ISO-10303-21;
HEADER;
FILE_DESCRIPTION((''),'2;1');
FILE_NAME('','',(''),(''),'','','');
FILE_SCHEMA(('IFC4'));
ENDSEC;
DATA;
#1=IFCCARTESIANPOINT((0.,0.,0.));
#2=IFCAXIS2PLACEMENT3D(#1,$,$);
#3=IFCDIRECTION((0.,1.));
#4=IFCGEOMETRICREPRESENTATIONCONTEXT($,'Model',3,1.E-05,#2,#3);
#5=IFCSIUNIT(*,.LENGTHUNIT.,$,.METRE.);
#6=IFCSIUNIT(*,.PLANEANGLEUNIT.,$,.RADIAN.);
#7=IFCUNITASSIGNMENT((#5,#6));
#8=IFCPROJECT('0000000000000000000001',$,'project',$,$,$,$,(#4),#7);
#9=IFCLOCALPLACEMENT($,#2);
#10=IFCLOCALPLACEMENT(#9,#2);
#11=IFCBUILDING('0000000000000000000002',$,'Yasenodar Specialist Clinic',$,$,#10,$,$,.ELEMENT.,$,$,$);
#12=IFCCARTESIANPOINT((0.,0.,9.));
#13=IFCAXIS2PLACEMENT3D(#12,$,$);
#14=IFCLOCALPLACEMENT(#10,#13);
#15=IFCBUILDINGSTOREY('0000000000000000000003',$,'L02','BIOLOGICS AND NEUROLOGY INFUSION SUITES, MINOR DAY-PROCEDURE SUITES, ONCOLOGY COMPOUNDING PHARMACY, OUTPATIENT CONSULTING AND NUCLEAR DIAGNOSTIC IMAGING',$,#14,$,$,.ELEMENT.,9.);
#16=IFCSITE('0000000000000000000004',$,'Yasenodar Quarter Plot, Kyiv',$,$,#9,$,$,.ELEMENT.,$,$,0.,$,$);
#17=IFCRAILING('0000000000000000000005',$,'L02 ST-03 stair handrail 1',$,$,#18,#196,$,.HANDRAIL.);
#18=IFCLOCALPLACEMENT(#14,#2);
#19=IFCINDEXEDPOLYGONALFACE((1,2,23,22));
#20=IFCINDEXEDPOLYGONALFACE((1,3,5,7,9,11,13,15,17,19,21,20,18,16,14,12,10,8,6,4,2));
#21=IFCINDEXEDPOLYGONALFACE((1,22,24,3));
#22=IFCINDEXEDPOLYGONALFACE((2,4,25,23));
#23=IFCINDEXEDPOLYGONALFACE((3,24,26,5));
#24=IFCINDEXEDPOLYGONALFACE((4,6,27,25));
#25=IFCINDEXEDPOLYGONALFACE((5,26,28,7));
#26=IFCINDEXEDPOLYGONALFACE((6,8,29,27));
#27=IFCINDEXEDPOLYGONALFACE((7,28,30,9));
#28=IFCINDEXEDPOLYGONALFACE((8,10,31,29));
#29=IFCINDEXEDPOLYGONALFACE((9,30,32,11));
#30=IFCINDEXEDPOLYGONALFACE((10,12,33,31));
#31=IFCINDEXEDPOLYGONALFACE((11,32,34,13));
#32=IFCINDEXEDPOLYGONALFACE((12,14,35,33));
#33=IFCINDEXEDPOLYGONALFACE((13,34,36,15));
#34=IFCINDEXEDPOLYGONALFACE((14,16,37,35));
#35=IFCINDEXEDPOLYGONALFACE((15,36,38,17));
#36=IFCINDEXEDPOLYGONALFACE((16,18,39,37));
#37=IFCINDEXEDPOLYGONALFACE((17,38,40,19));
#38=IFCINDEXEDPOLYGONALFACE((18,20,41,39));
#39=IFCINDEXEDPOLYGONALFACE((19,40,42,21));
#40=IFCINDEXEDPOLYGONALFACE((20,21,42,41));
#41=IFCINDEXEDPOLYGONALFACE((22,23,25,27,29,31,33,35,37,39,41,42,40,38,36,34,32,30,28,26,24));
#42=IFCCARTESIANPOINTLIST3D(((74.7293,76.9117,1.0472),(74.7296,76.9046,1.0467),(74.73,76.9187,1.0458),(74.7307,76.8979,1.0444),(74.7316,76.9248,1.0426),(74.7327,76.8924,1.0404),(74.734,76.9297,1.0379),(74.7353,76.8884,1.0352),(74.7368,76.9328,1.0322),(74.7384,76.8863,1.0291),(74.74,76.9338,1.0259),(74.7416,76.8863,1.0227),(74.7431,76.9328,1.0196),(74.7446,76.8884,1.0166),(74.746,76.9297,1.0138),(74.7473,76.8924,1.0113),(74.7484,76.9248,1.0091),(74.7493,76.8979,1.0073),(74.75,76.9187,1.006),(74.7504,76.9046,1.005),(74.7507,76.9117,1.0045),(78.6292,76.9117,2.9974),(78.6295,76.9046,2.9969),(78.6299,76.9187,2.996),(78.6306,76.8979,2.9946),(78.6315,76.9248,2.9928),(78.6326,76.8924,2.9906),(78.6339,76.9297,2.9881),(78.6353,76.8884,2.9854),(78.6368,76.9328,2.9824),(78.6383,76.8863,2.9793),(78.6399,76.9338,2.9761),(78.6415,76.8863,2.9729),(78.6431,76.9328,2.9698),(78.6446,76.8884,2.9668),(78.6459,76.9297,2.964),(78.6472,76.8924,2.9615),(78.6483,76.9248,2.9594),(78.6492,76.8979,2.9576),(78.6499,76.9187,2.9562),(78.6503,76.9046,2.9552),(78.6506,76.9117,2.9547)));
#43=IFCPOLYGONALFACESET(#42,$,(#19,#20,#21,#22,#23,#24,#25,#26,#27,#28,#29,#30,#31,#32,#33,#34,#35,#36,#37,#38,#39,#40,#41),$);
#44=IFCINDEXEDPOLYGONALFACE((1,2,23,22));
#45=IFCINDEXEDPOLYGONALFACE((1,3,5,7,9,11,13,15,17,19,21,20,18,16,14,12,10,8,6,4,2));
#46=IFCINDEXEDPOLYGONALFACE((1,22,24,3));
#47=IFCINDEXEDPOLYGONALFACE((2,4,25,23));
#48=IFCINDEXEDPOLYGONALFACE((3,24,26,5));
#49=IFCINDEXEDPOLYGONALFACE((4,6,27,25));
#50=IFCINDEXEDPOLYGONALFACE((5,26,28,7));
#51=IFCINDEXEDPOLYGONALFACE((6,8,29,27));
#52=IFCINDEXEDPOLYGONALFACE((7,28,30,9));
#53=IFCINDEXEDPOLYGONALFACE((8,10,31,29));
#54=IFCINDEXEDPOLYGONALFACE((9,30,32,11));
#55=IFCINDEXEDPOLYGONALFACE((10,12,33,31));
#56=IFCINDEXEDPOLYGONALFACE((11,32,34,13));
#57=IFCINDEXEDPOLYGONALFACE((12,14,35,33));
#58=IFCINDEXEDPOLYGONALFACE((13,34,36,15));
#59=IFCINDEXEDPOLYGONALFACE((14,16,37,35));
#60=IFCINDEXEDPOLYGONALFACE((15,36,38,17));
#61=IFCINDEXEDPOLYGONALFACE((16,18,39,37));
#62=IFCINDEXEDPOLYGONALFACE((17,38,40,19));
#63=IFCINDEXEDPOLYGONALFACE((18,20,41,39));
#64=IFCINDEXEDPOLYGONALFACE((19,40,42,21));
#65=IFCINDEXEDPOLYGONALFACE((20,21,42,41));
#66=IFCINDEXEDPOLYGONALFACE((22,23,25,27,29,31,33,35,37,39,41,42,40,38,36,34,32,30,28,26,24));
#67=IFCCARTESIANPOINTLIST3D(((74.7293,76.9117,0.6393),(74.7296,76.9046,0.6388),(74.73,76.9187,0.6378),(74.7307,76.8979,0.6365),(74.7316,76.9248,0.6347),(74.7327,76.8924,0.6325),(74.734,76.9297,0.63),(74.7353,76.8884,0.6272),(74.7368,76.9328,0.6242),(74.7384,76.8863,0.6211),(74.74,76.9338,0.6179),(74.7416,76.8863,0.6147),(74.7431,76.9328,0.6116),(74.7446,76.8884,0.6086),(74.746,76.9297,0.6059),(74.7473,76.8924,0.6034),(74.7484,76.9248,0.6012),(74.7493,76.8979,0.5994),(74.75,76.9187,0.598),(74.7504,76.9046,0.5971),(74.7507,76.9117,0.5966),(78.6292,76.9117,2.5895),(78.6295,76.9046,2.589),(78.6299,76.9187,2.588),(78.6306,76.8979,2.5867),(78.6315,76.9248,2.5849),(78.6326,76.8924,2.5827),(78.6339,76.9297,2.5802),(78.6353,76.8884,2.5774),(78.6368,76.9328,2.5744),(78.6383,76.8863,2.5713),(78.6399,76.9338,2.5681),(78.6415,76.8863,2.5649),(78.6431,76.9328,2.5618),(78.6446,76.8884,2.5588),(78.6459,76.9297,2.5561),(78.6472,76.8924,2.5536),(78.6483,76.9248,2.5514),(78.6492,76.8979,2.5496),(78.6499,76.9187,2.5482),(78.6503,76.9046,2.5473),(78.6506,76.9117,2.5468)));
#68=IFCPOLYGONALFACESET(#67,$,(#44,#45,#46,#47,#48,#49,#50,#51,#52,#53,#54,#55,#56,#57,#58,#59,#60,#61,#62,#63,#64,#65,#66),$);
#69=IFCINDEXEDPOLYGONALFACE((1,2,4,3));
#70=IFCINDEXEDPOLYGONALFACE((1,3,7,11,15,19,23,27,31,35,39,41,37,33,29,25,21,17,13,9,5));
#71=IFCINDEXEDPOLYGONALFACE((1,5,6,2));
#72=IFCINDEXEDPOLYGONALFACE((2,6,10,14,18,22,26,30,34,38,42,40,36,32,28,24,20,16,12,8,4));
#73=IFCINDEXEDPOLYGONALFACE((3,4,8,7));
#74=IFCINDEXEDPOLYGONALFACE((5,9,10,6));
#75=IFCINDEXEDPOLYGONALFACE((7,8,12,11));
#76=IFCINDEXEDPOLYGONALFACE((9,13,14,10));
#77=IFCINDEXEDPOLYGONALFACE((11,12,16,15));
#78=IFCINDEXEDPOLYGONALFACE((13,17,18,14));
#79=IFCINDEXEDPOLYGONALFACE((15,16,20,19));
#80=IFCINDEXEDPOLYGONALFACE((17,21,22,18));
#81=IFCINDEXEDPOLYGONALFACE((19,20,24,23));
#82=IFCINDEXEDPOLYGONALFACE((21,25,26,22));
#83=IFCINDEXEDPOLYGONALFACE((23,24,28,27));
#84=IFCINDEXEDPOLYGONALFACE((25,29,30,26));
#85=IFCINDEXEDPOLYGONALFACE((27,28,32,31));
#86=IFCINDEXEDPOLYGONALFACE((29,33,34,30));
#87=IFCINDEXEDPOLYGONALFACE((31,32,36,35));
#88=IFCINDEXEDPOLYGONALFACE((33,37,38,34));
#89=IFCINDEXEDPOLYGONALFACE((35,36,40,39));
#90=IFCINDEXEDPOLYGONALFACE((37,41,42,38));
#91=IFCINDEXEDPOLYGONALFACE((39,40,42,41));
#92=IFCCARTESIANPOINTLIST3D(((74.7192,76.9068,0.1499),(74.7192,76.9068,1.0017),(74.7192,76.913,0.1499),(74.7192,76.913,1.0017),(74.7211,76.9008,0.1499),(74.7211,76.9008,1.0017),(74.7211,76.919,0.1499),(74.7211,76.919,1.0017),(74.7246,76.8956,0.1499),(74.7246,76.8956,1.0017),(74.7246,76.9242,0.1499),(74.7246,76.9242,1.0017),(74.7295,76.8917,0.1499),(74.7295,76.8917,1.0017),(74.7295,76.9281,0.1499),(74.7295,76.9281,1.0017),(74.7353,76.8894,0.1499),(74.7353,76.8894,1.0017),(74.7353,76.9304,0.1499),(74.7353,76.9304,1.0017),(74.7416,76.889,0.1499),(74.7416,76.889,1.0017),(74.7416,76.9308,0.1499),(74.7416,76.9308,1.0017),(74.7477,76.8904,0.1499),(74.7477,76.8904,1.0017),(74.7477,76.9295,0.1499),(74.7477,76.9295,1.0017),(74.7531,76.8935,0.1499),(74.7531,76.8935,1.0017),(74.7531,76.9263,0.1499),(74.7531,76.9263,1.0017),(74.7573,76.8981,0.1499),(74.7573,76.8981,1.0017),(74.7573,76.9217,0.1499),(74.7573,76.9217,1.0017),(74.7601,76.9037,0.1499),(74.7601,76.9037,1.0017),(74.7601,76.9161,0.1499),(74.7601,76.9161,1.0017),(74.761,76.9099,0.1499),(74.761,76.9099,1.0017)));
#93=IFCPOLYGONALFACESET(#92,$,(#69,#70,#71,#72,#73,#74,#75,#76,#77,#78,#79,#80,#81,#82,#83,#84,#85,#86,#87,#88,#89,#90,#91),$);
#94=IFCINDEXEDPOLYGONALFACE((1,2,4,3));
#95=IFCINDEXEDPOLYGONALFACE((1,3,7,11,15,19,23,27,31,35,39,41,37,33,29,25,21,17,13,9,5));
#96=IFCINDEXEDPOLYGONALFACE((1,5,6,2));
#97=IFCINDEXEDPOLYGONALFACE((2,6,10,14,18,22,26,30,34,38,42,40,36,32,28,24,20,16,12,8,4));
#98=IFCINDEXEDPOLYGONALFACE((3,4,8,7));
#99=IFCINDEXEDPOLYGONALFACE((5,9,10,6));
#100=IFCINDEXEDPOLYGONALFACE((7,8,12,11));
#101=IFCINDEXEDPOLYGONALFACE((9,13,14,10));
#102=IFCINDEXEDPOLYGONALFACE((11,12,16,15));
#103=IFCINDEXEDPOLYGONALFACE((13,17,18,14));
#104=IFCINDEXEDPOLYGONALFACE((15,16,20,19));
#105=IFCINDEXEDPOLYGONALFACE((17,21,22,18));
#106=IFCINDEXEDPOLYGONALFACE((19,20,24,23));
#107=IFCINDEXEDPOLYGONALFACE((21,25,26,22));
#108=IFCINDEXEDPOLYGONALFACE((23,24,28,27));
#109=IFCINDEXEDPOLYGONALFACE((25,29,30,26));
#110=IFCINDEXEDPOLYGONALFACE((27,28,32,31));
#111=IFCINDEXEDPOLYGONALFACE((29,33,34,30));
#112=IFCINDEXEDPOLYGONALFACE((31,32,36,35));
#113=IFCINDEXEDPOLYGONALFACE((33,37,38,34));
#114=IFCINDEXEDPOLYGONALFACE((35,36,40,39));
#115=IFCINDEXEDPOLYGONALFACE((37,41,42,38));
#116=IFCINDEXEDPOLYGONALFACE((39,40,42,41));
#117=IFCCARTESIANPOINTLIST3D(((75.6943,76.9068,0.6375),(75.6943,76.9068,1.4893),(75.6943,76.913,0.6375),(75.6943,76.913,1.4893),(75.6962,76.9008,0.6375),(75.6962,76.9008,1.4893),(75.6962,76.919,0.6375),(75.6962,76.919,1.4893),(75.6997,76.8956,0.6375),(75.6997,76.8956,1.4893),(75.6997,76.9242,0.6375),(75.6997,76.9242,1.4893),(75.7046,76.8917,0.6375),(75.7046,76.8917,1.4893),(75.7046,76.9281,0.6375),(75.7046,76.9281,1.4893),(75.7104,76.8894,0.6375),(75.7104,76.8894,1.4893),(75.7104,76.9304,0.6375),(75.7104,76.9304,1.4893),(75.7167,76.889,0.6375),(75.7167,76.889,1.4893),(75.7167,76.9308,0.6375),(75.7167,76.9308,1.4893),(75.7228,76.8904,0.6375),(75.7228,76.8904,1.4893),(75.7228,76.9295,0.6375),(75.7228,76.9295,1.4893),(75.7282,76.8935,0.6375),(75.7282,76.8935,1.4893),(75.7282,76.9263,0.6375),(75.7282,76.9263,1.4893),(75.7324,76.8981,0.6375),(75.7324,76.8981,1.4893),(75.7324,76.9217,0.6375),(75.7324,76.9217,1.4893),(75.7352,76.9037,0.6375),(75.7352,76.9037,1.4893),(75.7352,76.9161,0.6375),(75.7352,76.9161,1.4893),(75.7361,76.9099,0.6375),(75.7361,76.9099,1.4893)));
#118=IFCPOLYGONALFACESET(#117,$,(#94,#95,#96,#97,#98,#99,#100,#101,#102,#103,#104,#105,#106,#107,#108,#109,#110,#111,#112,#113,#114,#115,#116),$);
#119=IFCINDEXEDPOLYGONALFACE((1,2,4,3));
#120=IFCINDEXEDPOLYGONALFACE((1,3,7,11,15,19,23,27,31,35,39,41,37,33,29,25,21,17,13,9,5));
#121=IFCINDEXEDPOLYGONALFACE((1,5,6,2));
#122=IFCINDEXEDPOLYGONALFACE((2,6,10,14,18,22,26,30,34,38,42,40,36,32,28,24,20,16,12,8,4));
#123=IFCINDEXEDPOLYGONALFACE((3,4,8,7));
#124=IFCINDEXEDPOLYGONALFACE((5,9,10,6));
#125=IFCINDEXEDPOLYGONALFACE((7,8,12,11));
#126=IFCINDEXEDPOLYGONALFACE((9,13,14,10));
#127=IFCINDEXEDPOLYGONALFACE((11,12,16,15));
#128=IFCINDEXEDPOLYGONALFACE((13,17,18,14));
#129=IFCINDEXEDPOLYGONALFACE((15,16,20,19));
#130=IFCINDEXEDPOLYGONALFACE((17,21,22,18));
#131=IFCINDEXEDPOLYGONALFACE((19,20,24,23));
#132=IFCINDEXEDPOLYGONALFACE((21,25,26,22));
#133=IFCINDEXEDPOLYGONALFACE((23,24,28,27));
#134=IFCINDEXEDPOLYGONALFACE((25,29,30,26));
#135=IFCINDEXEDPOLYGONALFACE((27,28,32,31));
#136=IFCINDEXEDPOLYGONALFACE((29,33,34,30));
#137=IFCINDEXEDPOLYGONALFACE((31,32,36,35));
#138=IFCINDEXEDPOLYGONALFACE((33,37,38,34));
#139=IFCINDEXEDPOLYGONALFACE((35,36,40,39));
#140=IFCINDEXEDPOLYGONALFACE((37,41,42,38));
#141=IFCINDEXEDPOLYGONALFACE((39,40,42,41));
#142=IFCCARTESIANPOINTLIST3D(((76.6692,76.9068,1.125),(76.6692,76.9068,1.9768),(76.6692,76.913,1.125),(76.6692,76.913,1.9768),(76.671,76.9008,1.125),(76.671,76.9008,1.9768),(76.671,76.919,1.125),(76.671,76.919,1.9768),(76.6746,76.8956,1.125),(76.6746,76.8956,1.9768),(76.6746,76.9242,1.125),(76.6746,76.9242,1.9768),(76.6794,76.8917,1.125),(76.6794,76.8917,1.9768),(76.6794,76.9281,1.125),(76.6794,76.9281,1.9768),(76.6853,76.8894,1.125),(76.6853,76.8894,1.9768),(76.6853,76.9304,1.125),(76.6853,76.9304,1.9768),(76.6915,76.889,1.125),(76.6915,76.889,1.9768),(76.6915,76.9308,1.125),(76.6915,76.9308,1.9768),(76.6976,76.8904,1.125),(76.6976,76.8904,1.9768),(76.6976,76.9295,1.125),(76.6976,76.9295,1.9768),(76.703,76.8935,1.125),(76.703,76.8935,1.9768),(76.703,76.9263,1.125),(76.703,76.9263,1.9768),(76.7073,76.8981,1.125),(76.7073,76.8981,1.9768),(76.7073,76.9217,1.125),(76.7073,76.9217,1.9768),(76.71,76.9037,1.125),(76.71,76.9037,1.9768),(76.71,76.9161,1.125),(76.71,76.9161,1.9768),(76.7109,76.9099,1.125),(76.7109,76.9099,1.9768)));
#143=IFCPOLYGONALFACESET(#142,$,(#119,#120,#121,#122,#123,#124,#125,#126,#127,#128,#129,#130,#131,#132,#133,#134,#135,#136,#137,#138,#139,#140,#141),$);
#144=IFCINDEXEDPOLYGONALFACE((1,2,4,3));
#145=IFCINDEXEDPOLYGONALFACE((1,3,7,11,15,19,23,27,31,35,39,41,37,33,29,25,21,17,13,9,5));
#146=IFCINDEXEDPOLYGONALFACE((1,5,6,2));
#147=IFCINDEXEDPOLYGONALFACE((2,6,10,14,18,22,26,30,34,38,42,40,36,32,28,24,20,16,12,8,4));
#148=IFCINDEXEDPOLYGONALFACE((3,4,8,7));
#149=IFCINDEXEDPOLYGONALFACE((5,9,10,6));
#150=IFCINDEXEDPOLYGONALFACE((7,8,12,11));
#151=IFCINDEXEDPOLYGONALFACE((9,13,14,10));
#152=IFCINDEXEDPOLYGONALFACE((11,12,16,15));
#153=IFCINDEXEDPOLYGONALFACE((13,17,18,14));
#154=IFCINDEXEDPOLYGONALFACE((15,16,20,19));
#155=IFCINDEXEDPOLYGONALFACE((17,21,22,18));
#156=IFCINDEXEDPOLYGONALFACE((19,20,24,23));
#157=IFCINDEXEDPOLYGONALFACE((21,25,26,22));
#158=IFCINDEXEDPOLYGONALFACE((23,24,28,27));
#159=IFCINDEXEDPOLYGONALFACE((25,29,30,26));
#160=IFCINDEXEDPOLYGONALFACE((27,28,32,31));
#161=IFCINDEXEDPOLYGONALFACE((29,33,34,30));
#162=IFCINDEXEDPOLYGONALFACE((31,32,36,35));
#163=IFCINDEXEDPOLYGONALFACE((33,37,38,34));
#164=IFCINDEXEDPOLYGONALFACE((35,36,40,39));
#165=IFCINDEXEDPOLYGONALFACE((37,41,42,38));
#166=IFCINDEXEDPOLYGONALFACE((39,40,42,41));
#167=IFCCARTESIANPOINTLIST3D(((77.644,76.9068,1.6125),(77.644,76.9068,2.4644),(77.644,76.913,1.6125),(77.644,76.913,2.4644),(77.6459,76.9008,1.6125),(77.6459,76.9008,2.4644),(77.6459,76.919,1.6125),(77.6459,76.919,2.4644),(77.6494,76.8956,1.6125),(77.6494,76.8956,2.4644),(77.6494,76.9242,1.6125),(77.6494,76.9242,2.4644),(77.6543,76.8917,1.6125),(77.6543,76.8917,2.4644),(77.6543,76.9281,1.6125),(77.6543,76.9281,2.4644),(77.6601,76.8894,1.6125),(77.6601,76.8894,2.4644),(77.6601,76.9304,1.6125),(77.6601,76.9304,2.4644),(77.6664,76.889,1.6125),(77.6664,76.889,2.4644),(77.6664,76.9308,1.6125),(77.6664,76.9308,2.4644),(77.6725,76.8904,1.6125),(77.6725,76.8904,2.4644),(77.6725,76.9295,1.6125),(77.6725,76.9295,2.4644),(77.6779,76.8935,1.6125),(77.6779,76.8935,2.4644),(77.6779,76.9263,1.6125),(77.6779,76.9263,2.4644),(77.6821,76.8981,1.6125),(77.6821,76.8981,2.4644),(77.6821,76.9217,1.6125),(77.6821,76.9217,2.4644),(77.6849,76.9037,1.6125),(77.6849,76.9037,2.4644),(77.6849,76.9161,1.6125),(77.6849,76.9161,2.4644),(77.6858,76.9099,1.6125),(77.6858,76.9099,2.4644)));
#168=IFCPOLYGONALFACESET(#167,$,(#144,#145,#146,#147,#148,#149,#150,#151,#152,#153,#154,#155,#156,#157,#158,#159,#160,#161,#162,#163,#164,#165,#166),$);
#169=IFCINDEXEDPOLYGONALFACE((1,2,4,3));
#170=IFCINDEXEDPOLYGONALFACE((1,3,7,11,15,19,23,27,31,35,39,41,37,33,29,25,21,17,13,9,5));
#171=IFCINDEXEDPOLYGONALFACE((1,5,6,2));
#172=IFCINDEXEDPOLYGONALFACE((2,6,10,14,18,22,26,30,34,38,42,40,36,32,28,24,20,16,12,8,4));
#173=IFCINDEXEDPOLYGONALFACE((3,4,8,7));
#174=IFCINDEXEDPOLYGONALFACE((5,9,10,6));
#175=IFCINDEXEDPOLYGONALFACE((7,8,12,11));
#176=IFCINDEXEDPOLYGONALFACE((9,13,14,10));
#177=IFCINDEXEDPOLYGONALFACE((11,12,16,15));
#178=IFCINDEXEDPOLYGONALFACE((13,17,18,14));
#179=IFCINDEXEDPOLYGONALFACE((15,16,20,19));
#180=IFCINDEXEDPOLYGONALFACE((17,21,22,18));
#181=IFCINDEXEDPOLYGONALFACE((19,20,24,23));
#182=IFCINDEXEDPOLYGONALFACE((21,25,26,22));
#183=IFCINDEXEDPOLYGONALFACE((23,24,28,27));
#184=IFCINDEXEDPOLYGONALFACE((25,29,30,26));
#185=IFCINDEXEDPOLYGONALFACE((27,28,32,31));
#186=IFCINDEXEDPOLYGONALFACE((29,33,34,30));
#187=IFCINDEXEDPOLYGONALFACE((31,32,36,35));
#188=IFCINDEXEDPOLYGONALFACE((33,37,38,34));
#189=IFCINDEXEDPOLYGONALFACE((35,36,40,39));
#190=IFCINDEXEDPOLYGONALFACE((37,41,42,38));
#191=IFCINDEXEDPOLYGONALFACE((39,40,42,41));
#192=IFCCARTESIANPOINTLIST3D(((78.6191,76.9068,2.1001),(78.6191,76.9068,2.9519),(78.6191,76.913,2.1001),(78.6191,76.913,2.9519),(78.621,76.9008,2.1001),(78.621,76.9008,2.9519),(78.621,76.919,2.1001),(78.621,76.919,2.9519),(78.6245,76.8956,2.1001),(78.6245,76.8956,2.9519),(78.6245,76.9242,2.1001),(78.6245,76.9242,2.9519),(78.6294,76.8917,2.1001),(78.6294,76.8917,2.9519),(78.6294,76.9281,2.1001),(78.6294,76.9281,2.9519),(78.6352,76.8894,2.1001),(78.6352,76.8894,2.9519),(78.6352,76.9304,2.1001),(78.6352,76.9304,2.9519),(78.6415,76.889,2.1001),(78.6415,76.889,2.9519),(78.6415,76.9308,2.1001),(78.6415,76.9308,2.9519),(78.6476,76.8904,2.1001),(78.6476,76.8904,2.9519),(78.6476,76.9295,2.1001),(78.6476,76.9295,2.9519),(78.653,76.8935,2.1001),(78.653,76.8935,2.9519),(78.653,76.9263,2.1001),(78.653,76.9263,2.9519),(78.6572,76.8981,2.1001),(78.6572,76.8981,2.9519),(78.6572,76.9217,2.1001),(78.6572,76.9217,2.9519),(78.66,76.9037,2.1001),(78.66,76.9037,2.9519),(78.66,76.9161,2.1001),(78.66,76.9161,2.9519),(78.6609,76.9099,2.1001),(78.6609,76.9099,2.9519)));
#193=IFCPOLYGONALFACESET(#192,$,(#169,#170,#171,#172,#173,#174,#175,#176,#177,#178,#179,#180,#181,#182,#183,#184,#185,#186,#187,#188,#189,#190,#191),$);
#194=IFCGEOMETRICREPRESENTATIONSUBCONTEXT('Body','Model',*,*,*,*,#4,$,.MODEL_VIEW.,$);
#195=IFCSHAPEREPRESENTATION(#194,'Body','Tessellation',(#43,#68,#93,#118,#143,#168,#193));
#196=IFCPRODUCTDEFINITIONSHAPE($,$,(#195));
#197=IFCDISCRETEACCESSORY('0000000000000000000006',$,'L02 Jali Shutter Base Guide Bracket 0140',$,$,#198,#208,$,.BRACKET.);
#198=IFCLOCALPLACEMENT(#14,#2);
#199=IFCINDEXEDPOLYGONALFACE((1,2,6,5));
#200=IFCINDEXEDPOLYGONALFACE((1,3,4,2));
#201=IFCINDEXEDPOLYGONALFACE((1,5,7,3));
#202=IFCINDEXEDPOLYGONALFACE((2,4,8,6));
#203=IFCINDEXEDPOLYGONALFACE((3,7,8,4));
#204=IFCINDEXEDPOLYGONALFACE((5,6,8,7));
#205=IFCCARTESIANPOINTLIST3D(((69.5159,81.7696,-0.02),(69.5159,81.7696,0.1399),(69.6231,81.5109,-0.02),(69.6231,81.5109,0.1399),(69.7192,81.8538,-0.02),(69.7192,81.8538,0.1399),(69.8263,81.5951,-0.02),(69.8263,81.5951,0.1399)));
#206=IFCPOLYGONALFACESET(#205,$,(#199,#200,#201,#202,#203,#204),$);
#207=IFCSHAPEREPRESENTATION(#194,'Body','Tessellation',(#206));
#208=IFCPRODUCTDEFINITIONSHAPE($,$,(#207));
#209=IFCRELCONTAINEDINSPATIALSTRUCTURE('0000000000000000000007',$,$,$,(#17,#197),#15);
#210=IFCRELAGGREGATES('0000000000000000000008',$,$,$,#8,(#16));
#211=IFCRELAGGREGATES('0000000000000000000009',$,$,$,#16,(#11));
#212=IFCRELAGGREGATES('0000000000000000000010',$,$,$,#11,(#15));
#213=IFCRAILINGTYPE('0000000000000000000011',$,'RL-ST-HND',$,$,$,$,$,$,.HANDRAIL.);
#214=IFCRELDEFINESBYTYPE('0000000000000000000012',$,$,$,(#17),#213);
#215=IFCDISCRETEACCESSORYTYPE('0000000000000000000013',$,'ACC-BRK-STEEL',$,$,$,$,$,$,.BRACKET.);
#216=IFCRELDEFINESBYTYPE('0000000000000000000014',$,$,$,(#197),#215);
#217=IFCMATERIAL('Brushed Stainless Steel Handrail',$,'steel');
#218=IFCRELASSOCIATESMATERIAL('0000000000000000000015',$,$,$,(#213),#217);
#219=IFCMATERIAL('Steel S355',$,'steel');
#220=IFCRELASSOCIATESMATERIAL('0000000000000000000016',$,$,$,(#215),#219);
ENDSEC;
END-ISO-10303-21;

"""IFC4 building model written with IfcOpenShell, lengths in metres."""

from ifc_helpers import new_model, si_unit, direction, frame, origin, origin_2d, place, context, subcontext, project, spatial, rectangle, circle, extrude, material, type_object, element, save


model = new_model("IFC4")

# Units and contexts
model_context = context("Model", 3, precision=1e-05, world=origin(), true_north=direction((0.0, 1.0)))
body_context = subcontext(model_context, "Body", "Model", "MODEL_VIEW")
ifc_project = project(units=[si_unit("LENGTHUNIT", "METRE"), si_unit("PLANEANGLEUNIT", "RADIAN")], contexts=[model_context])

# Site, building, storey
site_placement = place(None, origin())
site = spatial("IfcSite", under=ifc_project, at=site_placement, Name="Yasenodar Quarter Plot, Kyiv", CompositionType="ELEMENT", RefElevation=0.0)
building_placement = place(site_placement, origin())
building = spatial("IfcBuilding", under=site, at=building_placement, Name="Yasenodar Specialist Clinic", CompositionType="ELEMENT")
storey_placement = place(building_placement, frame((0.0, 0.0, 9.0)))
storey = spatial("IfcBuildingStorey", under=building, at=storey_placement, Name="L02", Description="BIOLOGICS AND NEUROLOGY INFUSION SUITES, MINOR DAY-PROCEDURE SUITES, ONCOLOGY COMPOUNDING PHARMACY, OUTPATIENT CONSULTING AND NUCLEAR DIAGNOSTIC IMAGING", CompositionType="ELEMENT", Elevation=9.0)

# Shared definitions
ifc_material_1 = material(Name="Steel S355", Category="steel")

# Railing
ifc_material_2 = material(Name="Brushed Stainless Steel Handrail", Category="steel")
railing_type_1 = type_object("IfcRailingType", Name="RL-ST-HND", PredefinedType="HANDRAIL", material=ifc_material_2)
railing_1_placement = place(storey_placement, frame((74.74, 76.9099, 0.1499)))
element("IfcRailing", 1, at=railing_1_placement, inside=storey, type_object=railing_type_1, Name="L02 ST-03 stair handrail 1", PredefinedType="HANDRAIL", context=body_context, shape_type="SweptSolid", body=[
    extrude(circle(Radius=0.0239, at=origin_2d()), frame((0.0, 0.0, 0.876), z_axis=(0.894405, 0.0, 0.447258), x_axis=(0.0, 1.0, 0.0)), (0.0, 0.0, 1.0), 4.3604),
    extrude(circle(Radius=0.0239, at=origin_2d()), frame((0.0, 0.0, 0.468), z_axis=(0.894405, 0.0, 0.447258), x_axis=(0.0, 1.0, 0.0)), (0.0, 0.0, 1.0), 4.3604),
    extrude(circle(Radius=0.021, at=origin_2d()), origin(), (0.0, 0.0, 1.0), 0.8518),
    extrude(circle(Radius=0.021, at=origin_2d()), frame((0.9751, 0.0, 0.4875)), (0.0, 0.0, 1.0), 0.8518),
    extrude(circle(Radius=0.021, at=origin_2d()), frame((1.95, 0.0, 0.9751)), (0.0, 0.0, 1.0), 0.8518),
    extrude(circle(Radius=0.021, at=origin_2d()), frame((2.9248, 0.0, 1.4626)), (0.0, 0.0, 1.0), 0.8518),
    extrude(circle(Radius=0.021, at=origin_2d()), frame((3.8999, 0.0, 1.9502)), (0.0, 0.0, 1.0), 0.8518),
])

# Discrete accessory
discrete_accessory_type = type_object("IfcDiscreteAccessoryType", Name="ACC-BRK-STEEL", PredefinedType="BRACKET", material=ifc_material_1)
discrete_accessory_placement = place(storey_placement, frame((69.6711, 81.6824, -0.02), z_axis=(0.0, 0.0, 1.0), x_axis=(-0.923878, -0.382687, 0.0)))
element("IfcDiscreteAccessory", 2, at=discrete_accessory_placement, inside=storey, type_object=discrete_accessory_type, Name="L02 Jali Shutter Base Guide Bracket 0140", PredefinedType="BRACKET", context=body_context, shape_type="SweptSolid", body=[
    extrude(rectangle(XDim=0.22, YDim=0.28, at=origin_2d()), origin(), (0.0, 0.0, 1.0), 0.1599),
])

save(model, "model.ifc")
